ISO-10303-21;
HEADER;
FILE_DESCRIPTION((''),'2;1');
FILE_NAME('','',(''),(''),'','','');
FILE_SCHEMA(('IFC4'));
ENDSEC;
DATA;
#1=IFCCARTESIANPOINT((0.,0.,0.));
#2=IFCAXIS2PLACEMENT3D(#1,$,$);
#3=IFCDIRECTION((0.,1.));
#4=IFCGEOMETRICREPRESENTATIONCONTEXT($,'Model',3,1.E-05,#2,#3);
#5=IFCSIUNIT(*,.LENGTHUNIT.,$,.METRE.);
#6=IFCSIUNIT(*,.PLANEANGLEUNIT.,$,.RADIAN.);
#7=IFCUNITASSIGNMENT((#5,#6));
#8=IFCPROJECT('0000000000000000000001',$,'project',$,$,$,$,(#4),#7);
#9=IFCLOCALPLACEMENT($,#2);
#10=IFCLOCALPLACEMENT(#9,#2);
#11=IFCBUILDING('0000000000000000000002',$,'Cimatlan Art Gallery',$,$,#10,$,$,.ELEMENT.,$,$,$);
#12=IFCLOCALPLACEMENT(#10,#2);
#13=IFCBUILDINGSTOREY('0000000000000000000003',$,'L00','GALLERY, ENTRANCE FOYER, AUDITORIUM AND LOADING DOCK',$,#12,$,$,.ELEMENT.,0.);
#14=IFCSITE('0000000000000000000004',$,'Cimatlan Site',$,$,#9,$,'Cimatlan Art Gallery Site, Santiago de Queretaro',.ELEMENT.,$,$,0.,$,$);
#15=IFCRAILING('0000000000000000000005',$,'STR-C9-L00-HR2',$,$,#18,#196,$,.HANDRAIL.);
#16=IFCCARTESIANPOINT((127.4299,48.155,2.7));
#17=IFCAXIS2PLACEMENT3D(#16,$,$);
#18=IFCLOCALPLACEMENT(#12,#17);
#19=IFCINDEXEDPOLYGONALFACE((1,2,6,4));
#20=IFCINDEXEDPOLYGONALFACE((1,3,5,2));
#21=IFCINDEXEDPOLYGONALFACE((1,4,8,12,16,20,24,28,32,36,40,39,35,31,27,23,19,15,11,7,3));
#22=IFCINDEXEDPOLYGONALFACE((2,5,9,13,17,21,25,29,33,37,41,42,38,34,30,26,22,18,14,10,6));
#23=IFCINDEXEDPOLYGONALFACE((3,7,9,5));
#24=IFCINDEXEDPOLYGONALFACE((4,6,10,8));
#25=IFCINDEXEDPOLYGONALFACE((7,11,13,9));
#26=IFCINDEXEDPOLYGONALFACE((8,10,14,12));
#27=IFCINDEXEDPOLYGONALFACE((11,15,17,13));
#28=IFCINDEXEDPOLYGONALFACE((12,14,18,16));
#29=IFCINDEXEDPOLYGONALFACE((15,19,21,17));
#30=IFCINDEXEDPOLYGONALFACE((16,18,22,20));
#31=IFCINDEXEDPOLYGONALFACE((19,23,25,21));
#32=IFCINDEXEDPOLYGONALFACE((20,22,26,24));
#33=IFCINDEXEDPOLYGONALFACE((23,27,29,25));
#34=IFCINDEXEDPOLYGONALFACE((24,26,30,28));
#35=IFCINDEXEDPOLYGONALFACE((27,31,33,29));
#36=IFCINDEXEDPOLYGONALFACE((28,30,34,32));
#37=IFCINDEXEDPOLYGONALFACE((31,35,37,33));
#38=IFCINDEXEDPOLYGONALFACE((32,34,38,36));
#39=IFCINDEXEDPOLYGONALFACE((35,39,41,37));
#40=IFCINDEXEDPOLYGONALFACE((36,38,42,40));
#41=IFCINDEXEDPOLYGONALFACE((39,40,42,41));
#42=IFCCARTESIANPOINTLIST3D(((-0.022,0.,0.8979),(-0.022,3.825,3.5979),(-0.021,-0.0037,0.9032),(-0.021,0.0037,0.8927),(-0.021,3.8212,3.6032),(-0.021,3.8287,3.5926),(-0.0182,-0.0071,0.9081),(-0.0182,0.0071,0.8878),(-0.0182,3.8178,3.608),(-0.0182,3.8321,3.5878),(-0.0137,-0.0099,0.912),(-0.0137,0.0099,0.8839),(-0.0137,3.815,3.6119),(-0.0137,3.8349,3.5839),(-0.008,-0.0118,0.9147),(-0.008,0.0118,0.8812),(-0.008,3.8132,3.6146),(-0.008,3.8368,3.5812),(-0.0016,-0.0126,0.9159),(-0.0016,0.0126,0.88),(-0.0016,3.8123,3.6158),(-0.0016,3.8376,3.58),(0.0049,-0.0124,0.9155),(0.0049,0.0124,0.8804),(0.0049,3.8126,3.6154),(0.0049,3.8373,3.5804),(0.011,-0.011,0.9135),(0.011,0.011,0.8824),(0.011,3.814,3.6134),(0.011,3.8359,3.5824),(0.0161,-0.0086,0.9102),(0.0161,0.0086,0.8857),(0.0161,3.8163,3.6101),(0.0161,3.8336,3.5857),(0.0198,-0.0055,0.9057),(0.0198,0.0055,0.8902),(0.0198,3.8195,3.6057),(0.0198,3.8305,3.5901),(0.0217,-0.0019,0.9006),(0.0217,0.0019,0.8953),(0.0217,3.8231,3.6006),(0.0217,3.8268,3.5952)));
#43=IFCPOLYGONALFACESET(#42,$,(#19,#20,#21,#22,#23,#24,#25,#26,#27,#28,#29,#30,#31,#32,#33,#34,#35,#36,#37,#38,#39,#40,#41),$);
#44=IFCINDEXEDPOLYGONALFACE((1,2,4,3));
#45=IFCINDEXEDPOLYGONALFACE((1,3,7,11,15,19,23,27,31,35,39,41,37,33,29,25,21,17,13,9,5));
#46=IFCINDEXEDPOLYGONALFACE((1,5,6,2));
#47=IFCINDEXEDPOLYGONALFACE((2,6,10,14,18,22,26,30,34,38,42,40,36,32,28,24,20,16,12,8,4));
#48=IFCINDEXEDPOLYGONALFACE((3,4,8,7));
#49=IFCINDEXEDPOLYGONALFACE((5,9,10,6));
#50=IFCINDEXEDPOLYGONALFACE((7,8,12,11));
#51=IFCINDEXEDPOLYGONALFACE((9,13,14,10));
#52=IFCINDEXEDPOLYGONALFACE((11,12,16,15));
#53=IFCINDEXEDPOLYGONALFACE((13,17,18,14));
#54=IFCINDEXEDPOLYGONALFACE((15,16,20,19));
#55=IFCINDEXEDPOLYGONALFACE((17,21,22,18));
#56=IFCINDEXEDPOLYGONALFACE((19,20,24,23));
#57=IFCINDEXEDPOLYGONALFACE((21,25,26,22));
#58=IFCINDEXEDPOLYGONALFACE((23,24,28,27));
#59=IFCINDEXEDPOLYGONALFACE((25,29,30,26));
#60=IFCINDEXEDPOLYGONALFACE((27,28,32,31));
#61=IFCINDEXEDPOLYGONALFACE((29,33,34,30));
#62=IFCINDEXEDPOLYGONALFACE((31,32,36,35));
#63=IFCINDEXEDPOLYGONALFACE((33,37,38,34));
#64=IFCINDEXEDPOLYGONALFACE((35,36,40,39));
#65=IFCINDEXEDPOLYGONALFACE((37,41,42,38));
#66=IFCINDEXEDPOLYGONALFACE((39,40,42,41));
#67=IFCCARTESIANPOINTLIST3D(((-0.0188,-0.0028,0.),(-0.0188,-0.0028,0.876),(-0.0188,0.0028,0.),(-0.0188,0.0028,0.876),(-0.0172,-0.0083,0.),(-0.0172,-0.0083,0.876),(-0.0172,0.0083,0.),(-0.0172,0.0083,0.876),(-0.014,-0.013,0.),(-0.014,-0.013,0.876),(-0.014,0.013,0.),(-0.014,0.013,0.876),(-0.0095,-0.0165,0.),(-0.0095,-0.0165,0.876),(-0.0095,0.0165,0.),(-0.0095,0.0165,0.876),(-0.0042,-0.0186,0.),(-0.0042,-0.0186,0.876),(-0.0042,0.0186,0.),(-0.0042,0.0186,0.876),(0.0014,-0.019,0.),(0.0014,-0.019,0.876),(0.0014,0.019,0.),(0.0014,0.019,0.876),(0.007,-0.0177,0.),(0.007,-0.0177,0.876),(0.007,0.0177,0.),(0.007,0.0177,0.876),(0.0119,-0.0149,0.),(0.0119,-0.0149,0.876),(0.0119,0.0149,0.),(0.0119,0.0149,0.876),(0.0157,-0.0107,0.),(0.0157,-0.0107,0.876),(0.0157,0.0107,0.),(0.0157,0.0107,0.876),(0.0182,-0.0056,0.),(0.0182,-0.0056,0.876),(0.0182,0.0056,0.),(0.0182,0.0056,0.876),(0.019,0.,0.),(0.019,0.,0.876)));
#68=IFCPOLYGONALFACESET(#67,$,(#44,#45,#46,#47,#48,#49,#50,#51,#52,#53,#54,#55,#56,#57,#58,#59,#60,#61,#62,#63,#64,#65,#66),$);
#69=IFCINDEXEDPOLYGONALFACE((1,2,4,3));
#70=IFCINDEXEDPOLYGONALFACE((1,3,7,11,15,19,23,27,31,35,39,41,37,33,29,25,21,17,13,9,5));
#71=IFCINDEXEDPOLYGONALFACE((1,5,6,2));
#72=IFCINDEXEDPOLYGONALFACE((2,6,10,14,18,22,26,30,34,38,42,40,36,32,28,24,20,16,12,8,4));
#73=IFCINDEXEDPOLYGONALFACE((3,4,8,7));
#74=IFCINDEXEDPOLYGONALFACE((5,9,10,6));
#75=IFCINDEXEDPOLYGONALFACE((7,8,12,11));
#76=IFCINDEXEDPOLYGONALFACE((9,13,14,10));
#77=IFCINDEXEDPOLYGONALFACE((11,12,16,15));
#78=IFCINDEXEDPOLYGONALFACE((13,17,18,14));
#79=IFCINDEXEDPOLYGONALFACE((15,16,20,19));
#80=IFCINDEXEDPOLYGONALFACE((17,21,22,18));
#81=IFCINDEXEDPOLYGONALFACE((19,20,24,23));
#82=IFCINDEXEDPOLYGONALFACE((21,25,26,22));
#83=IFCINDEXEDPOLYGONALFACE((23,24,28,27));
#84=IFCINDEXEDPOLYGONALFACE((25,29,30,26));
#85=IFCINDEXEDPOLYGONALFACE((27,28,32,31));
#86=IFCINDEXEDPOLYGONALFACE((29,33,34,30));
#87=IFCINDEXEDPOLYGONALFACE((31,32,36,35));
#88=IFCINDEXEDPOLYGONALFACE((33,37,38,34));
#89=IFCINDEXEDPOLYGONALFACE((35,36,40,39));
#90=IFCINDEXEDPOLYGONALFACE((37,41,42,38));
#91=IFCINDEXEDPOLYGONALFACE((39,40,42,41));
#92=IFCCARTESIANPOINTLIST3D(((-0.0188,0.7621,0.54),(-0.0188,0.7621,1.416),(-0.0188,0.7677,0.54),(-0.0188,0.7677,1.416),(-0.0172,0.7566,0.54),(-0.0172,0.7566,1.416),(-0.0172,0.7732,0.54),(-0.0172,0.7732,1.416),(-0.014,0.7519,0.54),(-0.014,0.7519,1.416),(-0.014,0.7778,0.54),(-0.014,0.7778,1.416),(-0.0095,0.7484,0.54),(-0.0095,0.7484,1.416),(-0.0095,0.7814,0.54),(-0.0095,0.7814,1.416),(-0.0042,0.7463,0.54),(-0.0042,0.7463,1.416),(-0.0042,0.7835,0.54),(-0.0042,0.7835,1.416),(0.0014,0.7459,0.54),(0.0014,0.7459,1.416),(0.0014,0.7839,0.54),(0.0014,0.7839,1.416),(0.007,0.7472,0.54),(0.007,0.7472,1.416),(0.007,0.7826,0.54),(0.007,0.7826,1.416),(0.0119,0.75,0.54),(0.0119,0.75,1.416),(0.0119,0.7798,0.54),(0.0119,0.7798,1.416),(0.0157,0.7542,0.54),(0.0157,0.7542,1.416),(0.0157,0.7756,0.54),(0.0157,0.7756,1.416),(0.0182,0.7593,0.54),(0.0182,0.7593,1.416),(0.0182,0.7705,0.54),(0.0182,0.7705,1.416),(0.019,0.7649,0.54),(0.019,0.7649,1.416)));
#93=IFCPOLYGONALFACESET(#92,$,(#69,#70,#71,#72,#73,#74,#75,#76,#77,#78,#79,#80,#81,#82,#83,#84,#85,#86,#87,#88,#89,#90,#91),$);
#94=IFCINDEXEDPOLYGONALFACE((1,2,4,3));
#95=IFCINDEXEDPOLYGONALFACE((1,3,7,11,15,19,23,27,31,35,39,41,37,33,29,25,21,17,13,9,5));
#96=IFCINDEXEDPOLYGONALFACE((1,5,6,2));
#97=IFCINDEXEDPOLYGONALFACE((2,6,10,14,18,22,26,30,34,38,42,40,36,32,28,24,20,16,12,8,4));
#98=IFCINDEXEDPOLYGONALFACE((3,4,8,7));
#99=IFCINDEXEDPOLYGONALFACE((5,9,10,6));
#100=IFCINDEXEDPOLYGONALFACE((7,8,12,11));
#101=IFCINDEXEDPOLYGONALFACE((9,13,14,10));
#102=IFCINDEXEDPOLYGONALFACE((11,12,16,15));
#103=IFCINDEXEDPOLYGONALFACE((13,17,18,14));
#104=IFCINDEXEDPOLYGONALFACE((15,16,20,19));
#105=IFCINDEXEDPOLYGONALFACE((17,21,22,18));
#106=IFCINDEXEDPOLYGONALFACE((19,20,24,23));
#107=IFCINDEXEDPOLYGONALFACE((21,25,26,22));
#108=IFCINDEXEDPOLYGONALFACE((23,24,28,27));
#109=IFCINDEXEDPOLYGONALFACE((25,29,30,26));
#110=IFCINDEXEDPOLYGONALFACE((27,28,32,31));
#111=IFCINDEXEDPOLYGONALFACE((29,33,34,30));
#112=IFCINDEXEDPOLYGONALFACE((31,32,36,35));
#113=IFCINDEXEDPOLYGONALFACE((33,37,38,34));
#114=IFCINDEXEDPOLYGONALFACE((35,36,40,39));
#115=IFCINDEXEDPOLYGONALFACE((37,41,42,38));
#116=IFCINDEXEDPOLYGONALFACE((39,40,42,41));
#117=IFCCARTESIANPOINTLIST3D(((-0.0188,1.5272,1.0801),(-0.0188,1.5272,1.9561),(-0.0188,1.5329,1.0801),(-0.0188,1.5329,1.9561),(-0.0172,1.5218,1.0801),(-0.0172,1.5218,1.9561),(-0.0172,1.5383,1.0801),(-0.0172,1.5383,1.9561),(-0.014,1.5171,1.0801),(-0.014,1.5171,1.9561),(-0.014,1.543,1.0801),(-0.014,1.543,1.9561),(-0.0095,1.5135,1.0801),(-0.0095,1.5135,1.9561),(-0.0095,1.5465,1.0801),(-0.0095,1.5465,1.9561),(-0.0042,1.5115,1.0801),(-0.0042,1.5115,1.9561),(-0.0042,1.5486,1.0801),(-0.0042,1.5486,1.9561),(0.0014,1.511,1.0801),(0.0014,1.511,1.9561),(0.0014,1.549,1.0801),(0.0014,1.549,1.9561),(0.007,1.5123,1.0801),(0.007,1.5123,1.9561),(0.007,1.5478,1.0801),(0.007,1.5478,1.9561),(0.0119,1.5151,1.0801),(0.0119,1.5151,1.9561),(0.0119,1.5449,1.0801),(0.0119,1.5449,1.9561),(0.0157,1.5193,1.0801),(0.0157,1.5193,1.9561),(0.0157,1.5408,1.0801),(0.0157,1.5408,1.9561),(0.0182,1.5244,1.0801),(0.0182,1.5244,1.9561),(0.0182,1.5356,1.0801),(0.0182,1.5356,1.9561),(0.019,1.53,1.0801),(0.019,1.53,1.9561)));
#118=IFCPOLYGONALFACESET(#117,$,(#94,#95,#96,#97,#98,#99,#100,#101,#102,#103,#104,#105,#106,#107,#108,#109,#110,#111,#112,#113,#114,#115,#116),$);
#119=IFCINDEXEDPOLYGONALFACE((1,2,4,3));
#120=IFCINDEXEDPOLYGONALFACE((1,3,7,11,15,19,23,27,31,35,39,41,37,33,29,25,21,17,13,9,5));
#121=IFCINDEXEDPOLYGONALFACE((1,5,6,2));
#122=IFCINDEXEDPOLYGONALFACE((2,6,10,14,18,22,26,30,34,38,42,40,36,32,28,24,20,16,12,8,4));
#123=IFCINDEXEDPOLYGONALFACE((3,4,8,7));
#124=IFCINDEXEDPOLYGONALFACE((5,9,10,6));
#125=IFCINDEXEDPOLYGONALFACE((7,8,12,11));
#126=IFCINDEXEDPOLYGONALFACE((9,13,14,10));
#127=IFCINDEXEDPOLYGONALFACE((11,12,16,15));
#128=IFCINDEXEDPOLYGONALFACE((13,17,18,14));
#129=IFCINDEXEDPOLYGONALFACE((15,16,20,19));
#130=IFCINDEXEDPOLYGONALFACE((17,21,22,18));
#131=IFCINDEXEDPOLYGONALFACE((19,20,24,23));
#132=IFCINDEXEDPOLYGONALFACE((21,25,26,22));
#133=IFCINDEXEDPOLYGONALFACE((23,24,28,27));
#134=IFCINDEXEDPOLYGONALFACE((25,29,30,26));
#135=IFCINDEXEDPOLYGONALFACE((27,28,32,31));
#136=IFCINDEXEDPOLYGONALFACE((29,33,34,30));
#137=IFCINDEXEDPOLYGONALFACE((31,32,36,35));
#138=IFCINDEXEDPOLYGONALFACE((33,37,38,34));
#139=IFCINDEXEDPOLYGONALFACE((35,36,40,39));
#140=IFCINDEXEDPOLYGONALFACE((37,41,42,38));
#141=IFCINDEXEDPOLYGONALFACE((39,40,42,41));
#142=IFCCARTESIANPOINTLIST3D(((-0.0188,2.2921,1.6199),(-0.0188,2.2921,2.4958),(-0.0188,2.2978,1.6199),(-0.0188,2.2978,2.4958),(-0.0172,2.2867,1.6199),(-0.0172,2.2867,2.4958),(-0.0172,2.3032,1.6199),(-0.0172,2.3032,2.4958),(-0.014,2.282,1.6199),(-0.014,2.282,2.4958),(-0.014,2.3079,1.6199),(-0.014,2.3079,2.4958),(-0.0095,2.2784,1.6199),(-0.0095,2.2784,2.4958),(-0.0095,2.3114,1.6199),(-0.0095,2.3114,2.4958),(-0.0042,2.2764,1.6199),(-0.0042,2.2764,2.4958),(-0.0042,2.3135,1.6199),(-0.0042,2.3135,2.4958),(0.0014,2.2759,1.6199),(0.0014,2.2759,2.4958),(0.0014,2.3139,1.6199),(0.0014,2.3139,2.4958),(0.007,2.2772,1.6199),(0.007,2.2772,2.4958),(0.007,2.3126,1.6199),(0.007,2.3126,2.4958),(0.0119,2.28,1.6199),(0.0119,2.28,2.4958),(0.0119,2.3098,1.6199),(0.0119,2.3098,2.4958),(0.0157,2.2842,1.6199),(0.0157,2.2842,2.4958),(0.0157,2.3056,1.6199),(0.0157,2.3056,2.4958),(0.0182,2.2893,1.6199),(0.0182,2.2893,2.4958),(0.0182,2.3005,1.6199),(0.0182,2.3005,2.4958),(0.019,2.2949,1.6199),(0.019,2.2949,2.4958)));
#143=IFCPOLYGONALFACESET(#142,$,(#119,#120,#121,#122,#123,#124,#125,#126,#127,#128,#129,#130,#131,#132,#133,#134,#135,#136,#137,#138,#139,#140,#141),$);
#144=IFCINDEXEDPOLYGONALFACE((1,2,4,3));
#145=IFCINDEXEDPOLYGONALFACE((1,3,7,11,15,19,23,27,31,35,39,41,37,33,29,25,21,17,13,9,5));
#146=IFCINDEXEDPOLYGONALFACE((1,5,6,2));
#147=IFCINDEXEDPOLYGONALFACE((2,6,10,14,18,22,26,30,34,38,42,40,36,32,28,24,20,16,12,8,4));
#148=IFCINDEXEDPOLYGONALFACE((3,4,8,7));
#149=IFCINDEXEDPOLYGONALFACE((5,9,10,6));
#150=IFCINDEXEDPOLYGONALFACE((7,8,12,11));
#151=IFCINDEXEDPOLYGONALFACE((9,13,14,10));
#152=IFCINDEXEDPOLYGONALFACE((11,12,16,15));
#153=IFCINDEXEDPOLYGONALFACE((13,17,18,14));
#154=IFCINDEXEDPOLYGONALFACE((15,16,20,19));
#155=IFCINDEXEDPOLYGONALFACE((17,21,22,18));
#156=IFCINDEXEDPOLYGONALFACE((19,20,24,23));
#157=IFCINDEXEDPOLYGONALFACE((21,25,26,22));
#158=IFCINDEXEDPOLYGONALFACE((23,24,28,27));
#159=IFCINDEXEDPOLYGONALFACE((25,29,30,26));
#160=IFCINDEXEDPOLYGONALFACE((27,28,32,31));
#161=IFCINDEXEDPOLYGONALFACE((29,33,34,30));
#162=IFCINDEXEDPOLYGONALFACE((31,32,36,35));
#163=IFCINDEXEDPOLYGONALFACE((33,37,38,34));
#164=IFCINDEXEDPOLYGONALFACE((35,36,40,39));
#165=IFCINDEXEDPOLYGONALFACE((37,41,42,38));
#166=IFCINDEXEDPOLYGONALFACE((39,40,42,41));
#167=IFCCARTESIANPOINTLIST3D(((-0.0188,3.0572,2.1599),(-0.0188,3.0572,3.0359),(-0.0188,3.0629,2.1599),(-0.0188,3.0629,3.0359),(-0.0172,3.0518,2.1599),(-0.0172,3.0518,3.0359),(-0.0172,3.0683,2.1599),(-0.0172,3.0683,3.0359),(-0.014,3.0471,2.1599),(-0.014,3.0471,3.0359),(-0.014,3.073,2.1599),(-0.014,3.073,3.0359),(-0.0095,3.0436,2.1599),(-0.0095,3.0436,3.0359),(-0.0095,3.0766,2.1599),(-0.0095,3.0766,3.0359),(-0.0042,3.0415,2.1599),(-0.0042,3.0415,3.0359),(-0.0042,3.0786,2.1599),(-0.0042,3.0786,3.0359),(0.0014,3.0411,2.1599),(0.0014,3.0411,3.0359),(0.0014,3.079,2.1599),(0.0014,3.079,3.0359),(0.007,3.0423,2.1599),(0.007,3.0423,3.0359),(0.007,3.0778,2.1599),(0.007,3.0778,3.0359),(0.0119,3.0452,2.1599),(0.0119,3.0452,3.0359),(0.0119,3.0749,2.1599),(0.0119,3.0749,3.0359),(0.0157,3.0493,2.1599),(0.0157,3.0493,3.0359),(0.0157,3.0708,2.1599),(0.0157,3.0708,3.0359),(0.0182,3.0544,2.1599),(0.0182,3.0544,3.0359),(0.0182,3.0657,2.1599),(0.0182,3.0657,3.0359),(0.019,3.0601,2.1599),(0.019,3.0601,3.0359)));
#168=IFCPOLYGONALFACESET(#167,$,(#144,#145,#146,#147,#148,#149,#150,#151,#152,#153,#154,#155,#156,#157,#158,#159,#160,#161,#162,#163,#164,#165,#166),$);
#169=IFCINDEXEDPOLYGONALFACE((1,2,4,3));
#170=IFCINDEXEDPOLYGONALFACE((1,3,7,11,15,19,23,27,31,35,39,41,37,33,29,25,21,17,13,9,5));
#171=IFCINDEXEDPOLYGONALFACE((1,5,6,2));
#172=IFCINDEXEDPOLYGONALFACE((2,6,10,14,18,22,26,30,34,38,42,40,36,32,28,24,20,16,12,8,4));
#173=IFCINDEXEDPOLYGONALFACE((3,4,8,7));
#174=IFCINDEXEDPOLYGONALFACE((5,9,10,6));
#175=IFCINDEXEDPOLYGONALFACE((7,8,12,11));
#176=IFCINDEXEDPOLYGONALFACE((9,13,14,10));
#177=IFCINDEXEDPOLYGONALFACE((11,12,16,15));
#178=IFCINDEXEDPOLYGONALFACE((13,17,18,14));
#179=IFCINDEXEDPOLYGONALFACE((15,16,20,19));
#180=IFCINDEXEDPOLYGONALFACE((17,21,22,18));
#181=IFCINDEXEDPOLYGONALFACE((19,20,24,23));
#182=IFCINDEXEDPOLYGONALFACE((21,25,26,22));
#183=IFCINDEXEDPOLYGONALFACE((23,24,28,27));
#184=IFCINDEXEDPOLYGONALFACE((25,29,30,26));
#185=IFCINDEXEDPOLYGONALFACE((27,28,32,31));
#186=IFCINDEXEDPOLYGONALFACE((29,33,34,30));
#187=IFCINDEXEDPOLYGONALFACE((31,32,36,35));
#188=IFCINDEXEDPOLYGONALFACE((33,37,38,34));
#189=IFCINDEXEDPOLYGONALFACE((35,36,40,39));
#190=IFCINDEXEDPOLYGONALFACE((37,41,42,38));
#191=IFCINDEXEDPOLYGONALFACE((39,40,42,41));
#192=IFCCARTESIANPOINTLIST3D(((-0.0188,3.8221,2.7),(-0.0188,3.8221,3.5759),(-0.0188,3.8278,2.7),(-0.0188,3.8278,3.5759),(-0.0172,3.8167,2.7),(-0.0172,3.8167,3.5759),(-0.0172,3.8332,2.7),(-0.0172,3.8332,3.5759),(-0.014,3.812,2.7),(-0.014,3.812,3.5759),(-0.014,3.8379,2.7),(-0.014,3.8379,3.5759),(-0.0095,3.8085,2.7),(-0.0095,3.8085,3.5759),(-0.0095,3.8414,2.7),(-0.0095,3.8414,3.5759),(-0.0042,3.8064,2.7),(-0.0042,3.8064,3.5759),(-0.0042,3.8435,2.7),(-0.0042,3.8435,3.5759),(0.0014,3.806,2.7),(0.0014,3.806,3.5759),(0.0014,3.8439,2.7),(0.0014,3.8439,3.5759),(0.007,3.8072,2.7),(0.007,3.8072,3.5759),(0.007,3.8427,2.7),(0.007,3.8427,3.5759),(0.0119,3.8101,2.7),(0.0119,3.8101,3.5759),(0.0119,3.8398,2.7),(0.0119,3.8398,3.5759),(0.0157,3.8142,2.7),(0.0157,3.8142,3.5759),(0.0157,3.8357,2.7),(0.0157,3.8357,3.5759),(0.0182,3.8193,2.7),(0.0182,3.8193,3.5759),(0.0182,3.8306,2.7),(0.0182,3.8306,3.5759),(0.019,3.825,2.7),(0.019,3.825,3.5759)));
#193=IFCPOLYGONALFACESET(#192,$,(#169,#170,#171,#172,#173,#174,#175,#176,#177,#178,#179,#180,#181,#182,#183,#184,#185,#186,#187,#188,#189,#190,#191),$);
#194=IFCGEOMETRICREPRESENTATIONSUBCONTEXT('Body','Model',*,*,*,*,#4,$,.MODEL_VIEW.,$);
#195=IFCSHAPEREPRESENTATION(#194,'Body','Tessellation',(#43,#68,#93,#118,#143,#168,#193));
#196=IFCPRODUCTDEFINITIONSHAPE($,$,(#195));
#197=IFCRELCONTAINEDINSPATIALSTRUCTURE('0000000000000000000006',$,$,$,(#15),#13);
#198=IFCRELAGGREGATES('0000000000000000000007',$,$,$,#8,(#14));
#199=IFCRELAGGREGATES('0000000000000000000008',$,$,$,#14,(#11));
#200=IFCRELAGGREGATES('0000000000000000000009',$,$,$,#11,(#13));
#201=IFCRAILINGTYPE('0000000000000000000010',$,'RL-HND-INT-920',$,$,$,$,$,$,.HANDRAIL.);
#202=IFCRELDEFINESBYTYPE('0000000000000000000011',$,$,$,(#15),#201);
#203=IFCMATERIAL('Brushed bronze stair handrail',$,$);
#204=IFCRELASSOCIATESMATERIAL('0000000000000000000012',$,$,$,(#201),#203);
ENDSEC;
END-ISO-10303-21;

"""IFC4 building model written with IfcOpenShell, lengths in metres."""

from ifc_helpers import new_model, si_unit, direction, frame, origin, origin_2d, place, context, subcontext, project, spatial, circle, extrude, material, type_object, element, save


model = new_model("IFC4")

# Units and contexts
model_context = context("Model", 3, precision=1e-05, world=origin(), true_north=direction((0.0, 1.0)))
body_context = subcontext(model_context, "Body", "Model", "MODEL_VIEW")
ifc_project = project(units=[si_unit("LENGTHUNIT", "METRE"), si_unit("PLANEANGLEUNIT", "RADIAN")], contexts=[model_context])

# Site, building, storey
site_placement = place(None, origin())
site = spatial("IfcSite", under=ifc_project, at=site_placement, Name="Cimatlan Site", LongName="Cimatlan Art Gallery Site, Santiago de Queretaro", CompositionType="ELEMENT", RefElevation=0.0)
building_placement = place(site_placement, origin())
building = spatial("IfcBuilding", under=site, at=building_placement, Name="Cimatlan Art Gallery", CompositionType="ELEMENT")
storey_placement = place(building_placement, origin())
storey = spatial("IfcBuildingStorey", under=building, at=storey_placement, Name="L00", Description="GALLERY, ENTRANCE FOYER, AUDITORIUM AND LOADING DOCK", CompositionType="ELEMENT", Elevation=0.0)

# Railing
ifc_material_1 = material(Name="Brushed bronze stair handrail")
railing_type_1 = type_object("IfcRailingType", Name="RL-HND-INT-920", PredefinedType="HANDRAIL", material=ifc_material_1)
railing_1_placement = place(storey_placement, frame((127.4299, 48.155, 2.7)))
element("IfcRailing", 1, at=railing_1_placement, inside=storey, type_object=railing_type_1, Name="STR-C9-L00-HR2", PredefinedType="HANDRAIL", context=body_context, shape_type="SweptSolid", body=[
    extrude(circle(Radius=0.022, at=origin_2d()), frame((0.0, 0.0, 0.8979), z_axis=(0.0, 0.816969, 0.576681), x_axis=(-1.0, 0.0, 0.0)), (0.0, 0.0, 1.0), 4.6819),
    extrude(circle(Radius=0.019, at=origin_2d()), origin(), (0.0, 0.0, 1.0), 0.876),
    extrude(circle(Radius=0.019, at=origin_2d()), frame((0.0, 0.7649, 0.54)), (0.0, 0.0, 1.0), 0.876),
    extrude(circle(Radius=0.019, at=origin_2d()), frame((0.0, 1.53, 1.0801)), (0.0, 0.0, 1.0), 0.876),
    extrude(circle(Radius=0.019, at=origin_2d()), frame((0.0, 2.2949, 1.6199)), (0.0, 0.0, 1.0), 0.876),
    extrude(circle(Radius=0.019, at=origin_2d()), frame((0.0, 3.0601, 2.1599)), (0.0, 0.0, 1.0), 0.876),
    extrude(circle(Radius=0.019, at=origin_2d()), frame((0.0, 3.825, 2.7)), (0.0, 0.0, 1.0), 0.876),
])

save(model, "model.ifc")
